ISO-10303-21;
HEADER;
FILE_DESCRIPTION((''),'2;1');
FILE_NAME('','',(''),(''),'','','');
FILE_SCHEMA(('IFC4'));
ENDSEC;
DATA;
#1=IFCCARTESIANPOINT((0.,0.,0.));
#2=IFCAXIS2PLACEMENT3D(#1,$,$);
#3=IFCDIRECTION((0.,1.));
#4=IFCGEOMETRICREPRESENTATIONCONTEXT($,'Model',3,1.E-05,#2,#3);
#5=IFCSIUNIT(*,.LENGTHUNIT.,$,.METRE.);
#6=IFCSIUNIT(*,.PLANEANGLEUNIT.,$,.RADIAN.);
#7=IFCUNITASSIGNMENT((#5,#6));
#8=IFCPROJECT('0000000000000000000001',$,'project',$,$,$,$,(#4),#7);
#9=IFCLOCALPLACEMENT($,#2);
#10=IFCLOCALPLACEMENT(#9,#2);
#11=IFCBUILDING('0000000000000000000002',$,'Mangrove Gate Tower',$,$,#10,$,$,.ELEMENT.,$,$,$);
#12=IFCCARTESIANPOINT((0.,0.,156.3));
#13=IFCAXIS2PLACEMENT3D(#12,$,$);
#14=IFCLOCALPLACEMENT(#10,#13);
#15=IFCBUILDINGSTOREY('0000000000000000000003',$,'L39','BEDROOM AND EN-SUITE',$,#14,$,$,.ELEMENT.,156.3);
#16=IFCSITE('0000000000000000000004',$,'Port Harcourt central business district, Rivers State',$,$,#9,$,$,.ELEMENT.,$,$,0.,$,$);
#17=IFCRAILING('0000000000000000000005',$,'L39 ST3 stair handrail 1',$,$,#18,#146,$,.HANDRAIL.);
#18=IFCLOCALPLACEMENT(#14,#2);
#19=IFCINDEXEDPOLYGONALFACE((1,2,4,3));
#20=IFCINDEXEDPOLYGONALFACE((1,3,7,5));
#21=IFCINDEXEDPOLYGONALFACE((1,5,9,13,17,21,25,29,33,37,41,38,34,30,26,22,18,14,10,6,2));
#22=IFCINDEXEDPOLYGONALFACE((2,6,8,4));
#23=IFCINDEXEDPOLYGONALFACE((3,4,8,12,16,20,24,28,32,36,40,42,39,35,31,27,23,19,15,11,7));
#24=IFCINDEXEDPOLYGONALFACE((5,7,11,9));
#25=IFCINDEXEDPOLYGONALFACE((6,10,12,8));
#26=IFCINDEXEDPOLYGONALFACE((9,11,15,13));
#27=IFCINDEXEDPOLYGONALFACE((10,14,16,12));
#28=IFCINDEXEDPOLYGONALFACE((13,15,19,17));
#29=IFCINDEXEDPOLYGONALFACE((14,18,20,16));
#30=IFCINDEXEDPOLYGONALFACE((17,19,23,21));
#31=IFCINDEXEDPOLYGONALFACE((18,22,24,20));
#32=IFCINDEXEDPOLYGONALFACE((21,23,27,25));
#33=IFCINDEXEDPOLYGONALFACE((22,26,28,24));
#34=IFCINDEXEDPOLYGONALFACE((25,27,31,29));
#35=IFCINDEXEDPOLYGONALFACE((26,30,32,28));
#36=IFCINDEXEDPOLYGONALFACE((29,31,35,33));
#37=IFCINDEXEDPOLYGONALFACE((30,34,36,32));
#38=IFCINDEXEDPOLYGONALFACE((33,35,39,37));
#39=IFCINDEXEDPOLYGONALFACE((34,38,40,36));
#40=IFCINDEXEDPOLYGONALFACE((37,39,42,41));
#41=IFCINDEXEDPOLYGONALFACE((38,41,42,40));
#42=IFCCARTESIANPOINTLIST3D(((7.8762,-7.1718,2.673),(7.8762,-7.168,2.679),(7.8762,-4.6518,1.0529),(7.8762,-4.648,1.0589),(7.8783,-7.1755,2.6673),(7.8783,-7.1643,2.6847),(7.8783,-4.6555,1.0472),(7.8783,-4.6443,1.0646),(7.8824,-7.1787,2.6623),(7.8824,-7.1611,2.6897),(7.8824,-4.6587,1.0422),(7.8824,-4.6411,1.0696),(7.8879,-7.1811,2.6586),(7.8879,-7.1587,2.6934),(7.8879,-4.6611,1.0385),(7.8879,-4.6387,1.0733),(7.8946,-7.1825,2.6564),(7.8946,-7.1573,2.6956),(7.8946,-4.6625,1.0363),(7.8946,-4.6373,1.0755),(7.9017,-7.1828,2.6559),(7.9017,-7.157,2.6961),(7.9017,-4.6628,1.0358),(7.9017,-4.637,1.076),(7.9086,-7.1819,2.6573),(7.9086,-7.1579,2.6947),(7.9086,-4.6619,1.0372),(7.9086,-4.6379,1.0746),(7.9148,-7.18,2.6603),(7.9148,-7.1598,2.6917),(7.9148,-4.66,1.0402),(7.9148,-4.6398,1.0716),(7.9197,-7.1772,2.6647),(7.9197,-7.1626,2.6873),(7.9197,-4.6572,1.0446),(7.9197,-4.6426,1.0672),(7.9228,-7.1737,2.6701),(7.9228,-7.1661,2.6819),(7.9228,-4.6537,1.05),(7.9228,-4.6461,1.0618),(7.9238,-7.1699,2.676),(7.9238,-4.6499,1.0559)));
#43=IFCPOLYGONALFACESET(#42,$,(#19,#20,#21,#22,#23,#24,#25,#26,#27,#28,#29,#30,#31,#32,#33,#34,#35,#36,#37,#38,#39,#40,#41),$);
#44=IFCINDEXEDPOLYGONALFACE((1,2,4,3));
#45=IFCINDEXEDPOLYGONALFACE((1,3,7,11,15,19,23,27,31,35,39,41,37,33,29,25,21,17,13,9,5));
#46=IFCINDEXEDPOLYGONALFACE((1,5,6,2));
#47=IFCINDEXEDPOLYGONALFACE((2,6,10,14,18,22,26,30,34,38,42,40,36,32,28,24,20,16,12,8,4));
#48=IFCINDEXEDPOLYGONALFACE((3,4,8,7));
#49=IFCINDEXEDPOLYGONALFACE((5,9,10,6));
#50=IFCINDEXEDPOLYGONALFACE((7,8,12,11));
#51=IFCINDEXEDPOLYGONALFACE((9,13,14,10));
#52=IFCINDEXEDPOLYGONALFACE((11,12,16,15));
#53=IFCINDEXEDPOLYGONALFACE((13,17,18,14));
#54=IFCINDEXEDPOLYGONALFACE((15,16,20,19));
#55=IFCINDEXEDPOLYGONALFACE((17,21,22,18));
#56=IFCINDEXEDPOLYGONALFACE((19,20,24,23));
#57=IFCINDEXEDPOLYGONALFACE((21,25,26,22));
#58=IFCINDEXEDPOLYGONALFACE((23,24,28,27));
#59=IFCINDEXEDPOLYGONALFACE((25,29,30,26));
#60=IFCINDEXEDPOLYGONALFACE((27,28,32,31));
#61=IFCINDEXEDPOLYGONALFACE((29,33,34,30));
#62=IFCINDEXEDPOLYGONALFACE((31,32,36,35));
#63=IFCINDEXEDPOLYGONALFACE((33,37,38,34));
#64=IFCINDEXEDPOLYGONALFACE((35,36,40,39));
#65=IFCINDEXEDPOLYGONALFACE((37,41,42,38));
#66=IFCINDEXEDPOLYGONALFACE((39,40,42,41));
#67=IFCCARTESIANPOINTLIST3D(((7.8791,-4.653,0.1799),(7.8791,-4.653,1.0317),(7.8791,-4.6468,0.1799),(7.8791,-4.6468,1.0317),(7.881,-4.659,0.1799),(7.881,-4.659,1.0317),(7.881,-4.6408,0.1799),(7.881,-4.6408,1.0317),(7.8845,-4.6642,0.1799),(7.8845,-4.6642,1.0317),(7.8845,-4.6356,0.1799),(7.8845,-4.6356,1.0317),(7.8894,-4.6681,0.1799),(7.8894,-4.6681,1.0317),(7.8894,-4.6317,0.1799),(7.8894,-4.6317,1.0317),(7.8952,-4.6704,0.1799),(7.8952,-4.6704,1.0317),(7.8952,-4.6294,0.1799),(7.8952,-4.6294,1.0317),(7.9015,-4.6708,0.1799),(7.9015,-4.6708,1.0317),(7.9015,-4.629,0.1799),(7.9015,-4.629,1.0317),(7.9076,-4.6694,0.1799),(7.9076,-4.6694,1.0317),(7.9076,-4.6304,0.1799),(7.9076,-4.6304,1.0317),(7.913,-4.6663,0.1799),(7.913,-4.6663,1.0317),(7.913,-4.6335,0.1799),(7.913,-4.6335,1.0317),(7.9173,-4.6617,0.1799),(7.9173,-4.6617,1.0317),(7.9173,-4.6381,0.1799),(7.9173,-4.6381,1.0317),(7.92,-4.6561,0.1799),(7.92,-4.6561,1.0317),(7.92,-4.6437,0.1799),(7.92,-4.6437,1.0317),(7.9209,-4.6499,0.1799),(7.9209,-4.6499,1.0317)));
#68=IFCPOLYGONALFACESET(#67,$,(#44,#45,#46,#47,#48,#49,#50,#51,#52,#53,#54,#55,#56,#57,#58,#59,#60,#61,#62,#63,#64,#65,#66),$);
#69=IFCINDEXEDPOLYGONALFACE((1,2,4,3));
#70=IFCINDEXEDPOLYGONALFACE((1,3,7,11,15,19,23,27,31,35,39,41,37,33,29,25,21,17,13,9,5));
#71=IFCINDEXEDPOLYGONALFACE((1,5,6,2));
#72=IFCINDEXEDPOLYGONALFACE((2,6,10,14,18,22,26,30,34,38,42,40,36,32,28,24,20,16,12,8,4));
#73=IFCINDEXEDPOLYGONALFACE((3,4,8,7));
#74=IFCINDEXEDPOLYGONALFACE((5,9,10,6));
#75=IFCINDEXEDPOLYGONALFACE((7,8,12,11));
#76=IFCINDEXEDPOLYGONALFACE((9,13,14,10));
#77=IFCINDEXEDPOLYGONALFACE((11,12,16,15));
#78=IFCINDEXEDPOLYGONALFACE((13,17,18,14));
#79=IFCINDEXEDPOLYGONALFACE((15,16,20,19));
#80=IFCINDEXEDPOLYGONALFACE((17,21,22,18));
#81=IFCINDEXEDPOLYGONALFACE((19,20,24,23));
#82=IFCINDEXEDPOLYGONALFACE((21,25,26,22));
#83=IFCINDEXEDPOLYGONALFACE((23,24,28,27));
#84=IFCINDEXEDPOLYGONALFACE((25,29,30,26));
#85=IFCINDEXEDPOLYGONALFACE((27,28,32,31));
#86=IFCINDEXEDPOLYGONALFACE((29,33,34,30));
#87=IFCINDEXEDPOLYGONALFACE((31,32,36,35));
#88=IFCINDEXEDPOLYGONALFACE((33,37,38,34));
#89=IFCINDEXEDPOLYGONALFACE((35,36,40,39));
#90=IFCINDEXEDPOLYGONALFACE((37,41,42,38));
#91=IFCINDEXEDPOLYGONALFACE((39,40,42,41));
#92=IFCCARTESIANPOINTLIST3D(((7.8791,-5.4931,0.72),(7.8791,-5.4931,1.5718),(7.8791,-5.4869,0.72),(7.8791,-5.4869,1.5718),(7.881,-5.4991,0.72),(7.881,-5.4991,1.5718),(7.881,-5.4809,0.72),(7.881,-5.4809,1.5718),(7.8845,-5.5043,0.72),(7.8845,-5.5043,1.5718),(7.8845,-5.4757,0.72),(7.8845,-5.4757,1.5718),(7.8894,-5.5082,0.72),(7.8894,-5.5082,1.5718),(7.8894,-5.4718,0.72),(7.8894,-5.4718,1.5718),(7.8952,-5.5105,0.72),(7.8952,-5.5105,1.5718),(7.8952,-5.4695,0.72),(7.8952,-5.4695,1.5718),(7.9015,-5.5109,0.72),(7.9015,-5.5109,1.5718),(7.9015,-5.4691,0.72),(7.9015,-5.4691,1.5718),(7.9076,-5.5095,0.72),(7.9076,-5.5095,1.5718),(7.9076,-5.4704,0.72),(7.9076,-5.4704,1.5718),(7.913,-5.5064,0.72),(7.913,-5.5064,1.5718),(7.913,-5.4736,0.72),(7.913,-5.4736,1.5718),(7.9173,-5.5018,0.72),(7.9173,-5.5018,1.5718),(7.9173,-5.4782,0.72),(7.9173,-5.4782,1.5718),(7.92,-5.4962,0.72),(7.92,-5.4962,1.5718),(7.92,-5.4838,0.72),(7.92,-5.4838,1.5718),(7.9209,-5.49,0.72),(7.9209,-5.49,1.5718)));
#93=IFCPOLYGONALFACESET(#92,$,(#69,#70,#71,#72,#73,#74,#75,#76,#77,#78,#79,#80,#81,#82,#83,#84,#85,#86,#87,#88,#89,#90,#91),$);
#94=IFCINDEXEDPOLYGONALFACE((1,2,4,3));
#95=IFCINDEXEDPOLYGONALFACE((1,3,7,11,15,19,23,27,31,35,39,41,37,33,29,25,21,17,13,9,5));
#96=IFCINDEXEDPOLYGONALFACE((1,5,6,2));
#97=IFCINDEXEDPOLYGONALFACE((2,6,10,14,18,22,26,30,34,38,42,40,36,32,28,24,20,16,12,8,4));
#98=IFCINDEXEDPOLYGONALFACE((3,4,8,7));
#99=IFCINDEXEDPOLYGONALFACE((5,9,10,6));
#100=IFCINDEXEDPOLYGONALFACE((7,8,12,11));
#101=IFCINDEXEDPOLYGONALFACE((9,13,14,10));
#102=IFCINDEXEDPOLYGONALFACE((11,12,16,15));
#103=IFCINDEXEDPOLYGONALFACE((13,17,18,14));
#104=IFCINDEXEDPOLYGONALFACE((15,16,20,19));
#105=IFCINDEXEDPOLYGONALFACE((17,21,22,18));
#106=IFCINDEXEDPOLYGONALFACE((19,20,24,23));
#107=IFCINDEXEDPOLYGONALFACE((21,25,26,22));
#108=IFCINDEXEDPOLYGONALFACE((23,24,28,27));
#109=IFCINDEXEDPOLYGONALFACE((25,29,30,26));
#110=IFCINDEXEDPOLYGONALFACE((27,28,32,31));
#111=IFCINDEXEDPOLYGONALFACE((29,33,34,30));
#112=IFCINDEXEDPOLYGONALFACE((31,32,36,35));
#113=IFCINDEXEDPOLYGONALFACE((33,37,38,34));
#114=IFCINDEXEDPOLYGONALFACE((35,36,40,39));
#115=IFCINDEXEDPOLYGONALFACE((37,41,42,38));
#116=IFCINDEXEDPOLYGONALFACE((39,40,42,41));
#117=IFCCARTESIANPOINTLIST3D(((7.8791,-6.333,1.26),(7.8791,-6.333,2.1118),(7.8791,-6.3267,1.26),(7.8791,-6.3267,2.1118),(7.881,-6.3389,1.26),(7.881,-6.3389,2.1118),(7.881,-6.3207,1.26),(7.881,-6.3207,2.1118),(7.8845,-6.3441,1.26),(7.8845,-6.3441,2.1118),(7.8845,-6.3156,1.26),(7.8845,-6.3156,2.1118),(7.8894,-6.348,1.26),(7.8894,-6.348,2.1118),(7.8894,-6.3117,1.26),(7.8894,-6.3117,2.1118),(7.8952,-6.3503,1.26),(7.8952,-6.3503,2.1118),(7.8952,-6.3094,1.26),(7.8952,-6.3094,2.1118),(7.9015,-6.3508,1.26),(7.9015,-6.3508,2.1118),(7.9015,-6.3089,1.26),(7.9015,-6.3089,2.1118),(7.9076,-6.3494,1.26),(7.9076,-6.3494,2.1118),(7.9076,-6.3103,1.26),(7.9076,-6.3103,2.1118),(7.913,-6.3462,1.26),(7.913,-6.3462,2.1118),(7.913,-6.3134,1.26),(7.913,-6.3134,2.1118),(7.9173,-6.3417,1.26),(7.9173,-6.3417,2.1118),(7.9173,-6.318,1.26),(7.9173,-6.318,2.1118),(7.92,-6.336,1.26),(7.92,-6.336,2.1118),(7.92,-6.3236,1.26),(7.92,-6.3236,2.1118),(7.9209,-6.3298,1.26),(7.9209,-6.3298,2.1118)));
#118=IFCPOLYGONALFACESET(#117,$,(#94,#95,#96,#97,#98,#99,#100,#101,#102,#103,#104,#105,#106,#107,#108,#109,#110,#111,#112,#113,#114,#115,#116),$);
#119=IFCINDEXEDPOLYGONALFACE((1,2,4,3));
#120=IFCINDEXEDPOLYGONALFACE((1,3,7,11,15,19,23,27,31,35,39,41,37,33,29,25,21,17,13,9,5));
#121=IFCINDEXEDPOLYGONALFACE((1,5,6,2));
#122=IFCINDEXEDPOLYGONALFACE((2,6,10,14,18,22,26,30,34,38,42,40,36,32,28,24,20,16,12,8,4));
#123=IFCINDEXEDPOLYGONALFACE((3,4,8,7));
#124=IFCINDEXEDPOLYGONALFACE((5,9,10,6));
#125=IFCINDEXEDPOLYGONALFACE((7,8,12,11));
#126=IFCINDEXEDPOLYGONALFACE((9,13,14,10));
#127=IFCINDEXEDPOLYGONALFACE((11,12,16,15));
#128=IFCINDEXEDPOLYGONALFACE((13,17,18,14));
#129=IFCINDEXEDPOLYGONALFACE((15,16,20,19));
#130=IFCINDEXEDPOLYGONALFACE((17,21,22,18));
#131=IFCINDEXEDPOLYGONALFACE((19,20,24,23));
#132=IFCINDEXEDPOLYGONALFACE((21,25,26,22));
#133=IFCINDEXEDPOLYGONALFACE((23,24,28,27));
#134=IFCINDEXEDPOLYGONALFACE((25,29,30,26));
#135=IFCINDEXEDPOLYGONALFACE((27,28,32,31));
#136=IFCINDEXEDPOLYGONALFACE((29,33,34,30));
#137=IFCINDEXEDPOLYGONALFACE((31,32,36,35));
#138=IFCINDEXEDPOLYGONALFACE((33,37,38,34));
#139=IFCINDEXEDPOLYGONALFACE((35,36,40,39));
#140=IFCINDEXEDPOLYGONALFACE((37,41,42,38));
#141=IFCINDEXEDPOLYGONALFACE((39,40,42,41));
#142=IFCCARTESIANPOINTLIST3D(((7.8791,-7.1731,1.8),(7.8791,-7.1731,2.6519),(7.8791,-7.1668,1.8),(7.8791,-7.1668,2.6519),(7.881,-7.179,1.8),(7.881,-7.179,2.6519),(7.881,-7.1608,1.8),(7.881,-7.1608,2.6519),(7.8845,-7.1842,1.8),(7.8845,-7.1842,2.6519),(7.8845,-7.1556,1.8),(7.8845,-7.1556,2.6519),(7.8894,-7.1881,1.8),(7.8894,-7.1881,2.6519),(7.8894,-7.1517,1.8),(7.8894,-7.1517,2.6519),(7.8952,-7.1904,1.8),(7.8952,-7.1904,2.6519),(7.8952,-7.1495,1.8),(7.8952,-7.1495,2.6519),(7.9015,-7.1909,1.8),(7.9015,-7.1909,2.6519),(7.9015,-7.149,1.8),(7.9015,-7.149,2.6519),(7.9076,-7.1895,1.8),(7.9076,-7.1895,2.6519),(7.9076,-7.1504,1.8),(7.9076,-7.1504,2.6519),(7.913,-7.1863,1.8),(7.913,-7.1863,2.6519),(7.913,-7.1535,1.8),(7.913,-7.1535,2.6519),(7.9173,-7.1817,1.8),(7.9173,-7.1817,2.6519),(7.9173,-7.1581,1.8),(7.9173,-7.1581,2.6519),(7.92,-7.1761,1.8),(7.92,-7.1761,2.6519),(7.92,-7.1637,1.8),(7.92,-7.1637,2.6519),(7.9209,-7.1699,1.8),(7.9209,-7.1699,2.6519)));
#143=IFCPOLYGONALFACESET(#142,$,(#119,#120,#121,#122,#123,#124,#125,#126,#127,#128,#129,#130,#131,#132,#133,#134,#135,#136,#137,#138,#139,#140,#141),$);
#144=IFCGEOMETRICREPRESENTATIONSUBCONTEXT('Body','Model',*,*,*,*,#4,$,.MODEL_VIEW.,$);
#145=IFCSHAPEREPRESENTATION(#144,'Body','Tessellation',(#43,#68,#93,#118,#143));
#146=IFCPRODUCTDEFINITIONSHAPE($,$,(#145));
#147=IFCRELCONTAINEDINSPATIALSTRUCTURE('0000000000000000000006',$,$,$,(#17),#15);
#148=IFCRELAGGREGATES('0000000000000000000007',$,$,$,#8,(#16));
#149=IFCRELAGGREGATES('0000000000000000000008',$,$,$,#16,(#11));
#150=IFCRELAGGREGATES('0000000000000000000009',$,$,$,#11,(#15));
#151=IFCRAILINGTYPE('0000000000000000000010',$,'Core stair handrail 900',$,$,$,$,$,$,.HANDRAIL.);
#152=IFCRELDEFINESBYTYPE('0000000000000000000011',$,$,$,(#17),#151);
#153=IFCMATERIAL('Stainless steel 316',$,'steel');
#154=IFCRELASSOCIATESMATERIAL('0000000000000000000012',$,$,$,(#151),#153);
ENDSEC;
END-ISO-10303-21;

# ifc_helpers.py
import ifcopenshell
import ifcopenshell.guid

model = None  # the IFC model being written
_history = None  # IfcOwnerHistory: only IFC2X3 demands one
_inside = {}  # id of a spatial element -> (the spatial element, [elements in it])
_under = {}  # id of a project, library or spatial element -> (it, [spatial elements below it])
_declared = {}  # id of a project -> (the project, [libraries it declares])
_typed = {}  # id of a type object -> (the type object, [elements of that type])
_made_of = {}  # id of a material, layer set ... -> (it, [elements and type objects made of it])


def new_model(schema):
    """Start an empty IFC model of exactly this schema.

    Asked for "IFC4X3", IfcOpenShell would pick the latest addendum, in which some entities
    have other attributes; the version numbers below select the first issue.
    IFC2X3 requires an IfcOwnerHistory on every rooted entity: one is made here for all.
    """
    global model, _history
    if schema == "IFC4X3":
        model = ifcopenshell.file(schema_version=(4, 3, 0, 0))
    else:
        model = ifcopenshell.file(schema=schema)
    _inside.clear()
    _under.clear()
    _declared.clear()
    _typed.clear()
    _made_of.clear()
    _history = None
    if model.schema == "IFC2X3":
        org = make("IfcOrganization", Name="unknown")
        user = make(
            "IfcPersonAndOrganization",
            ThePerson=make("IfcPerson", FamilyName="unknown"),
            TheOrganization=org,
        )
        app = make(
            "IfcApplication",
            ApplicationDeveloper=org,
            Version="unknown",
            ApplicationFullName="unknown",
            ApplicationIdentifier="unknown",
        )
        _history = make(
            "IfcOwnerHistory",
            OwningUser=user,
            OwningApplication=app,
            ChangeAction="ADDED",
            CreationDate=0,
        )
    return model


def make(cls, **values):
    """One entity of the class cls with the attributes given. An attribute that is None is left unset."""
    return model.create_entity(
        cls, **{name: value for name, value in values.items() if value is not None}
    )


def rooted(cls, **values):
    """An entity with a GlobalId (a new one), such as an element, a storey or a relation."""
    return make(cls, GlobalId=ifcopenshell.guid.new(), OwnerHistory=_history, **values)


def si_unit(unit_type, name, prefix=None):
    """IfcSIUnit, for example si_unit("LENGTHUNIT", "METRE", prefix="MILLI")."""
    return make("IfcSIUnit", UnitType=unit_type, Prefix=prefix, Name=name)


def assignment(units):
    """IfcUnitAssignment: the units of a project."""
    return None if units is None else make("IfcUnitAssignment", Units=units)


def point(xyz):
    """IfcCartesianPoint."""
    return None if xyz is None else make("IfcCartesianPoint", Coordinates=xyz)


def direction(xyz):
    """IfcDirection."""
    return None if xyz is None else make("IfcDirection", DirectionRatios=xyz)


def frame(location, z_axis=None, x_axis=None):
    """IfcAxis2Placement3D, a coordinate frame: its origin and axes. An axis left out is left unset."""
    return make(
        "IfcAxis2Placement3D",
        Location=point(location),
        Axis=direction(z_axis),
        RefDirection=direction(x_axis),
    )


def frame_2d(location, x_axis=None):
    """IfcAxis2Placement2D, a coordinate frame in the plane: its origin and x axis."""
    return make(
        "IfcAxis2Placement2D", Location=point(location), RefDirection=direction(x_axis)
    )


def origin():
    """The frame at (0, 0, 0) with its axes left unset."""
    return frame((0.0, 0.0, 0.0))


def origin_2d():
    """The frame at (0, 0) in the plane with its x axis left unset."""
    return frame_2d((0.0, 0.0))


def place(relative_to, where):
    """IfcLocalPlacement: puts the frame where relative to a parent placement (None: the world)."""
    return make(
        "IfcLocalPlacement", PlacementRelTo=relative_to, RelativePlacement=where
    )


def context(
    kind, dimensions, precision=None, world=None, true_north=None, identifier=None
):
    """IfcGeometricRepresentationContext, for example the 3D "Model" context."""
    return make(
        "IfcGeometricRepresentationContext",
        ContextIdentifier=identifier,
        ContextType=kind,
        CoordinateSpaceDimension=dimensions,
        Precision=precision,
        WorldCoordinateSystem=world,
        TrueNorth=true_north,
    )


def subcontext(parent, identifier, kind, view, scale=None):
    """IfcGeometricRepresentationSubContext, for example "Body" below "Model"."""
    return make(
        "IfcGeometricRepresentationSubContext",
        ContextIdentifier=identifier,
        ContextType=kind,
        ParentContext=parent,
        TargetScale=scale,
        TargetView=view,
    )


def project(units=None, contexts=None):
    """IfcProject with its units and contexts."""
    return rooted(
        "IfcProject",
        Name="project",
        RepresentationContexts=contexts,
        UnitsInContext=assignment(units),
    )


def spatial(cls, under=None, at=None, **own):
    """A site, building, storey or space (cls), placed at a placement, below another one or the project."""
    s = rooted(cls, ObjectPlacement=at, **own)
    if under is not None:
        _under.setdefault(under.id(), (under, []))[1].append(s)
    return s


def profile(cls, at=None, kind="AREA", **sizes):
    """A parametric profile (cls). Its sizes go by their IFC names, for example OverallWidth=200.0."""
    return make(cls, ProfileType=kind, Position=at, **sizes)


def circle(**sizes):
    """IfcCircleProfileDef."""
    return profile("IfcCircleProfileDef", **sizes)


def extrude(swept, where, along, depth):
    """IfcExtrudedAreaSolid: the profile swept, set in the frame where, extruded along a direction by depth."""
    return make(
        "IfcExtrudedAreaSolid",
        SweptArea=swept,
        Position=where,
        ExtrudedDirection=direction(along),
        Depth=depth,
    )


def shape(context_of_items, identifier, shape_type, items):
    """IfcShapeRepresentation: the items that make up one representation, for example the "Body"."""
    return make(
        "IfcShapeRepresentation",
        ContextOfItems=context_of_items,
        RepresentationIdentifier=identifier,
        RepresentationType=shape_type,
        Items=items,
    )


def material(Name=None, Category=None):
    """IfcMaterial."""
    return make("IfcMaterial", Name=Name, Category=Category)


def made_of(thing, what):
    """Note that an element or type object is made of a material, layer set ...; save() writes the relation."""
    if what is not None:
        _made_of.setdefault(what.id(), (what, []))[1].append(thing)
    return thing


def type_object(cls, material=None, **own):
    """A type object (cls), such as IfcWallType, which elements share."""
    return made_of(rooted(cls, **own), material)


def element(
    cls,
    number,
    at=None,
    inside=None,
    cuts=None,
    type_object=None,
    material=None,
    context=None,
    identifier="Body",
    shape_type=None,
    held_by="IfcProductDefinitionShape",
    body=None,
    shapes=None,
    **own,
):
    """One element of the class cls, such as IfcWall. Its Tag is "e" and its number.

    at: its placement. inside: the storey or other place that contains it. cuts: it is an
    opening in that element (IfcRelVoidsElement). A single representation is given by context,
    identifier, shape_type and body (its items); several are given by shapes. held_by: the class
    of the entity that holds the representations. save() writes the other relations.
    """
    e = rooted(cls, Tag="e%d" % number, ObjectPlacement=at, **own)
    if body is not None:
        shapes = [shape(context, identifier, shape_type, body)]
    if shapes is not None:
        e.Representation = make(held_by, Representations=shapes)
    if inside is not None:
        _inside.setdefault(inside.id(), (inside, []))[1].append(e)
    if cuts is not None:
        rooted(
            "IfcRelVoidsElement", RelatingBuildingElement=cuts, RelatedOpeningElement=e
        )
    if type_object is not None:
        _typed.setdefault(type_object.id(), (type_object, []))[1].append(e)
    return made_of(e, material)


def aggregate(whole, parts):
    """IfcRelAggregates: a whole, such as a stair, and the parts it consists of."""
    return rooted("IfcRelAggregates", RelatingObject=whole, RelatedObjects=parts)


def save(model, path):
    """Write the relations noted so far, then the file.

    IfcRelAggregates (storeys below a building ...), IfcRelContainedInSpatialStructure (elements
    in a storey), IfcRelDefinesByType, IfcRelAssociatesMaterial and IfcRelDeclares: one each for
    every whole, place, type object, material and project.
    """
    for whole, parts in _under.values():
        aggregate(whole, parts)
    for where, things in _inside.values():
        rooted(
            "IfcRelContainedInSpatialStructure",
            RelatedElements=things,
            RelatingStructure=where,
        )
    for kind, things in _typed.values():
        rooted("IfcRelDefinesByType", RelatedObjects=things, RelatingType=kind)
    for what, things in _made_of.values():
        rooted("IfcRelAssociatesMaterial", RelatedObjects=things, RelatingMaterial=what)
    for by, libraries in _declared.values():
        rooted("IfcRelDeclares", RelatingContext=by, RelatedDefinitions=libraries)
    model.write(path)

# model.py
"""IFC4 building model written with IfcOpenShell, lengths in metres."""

from ifc_helpers import new_model, si_unit, direction, frame, origin, origin_2d, place, context, subcontext, project, spatial, circle, extrude, material, type_object, element, save


model = new_model("IFC4")

# Units and contexts
model_context = context("Model", 3, precision=1e-05, world=origin(), true_north=direction((0.0, 1.0)))
body_context = subcontext(model_context, "Body", "Model", "MODEL_VIEW")
ifc_project = project(units=[si_unit("LENGTHUNIT", "METRE"), si_unit("PLANEANGLEUNIT", "RADIAN")], contexts=[model_context])

# Site, building, storey
site_placement = place(None, origin())
site = spatial("IfcSite", under=ifc_project, at=site_placement, Name="Port Harcourt central business district, Rivers State", CompositionType="ELEMENT", RefElevation=0.0)
building_placement = place(site_placement, origin())
building = spatial("IfcBuilding", under=site, at=building_placement, Name="Mangrove Gate Tower", CompositionType="ELEMENT")
storey_placement = place(building_placement, frame((0.0, 0.0, 156.3)))
storey = spatial("IfcBuildingStorey", under=building, at=storey_placement, Name="L39", Description="BEDROOM AND EN-SUITE", CompositionType="ELEMENT", Elevation=156.3)

# Railing
ifc_material_1 = material(Name="Stainless steel 316", Category="steel")
railing_type_1 = type_object("IfcRailingType", Name="Core stair handrail 900", PredefinedType="HANDRAIL", material=ifc_material_1)
railing_1_placement = place(storey_placement, frame((7.8999, -4.6499, 0.1799)))
element("IfcRailing", 1, at=railing_1_placement, inside=storey, type_object=railing_type_1, Name="L39 ST3 stair handrail 1", PredefinedType="HANDRAIL", context=body_context, shape_type="SweptSolid", body=[
    extrude(circle(Radius=0.0239, at=origin_2d()), frame((0.0, 0.0, 0.876), z_axis=(0.0, -0.841163, 0.540782), x_axis=(1.0, 0.0, 0.0)), (0.0, 0.0, 1.0), 2.9958),
    extrude(circle(Radius=0.021, at=origin_2d()), origin(), (0.0, 0.0, 1.0), 0.8518),
    extrude(circle(Radius=0.021, at=origin_2d()), frame((0.0, -0.8401, 0.54)), (0.0, 0.0, 1.0), 0.8518),
    extrude(circle(Radius=0.021, at=origin_2d()), frame((0.0, -1.6799, 1.0801)), (0.0, 0.0, 1.0), 0.8518),
    extrude(circle(Radius=0.021, at=origin_2d()), frame((0.0, -2.52, 1.6201)), (0.0, 0.0, 1.0), 0.8518),
])

save(model, "model.ifc")
